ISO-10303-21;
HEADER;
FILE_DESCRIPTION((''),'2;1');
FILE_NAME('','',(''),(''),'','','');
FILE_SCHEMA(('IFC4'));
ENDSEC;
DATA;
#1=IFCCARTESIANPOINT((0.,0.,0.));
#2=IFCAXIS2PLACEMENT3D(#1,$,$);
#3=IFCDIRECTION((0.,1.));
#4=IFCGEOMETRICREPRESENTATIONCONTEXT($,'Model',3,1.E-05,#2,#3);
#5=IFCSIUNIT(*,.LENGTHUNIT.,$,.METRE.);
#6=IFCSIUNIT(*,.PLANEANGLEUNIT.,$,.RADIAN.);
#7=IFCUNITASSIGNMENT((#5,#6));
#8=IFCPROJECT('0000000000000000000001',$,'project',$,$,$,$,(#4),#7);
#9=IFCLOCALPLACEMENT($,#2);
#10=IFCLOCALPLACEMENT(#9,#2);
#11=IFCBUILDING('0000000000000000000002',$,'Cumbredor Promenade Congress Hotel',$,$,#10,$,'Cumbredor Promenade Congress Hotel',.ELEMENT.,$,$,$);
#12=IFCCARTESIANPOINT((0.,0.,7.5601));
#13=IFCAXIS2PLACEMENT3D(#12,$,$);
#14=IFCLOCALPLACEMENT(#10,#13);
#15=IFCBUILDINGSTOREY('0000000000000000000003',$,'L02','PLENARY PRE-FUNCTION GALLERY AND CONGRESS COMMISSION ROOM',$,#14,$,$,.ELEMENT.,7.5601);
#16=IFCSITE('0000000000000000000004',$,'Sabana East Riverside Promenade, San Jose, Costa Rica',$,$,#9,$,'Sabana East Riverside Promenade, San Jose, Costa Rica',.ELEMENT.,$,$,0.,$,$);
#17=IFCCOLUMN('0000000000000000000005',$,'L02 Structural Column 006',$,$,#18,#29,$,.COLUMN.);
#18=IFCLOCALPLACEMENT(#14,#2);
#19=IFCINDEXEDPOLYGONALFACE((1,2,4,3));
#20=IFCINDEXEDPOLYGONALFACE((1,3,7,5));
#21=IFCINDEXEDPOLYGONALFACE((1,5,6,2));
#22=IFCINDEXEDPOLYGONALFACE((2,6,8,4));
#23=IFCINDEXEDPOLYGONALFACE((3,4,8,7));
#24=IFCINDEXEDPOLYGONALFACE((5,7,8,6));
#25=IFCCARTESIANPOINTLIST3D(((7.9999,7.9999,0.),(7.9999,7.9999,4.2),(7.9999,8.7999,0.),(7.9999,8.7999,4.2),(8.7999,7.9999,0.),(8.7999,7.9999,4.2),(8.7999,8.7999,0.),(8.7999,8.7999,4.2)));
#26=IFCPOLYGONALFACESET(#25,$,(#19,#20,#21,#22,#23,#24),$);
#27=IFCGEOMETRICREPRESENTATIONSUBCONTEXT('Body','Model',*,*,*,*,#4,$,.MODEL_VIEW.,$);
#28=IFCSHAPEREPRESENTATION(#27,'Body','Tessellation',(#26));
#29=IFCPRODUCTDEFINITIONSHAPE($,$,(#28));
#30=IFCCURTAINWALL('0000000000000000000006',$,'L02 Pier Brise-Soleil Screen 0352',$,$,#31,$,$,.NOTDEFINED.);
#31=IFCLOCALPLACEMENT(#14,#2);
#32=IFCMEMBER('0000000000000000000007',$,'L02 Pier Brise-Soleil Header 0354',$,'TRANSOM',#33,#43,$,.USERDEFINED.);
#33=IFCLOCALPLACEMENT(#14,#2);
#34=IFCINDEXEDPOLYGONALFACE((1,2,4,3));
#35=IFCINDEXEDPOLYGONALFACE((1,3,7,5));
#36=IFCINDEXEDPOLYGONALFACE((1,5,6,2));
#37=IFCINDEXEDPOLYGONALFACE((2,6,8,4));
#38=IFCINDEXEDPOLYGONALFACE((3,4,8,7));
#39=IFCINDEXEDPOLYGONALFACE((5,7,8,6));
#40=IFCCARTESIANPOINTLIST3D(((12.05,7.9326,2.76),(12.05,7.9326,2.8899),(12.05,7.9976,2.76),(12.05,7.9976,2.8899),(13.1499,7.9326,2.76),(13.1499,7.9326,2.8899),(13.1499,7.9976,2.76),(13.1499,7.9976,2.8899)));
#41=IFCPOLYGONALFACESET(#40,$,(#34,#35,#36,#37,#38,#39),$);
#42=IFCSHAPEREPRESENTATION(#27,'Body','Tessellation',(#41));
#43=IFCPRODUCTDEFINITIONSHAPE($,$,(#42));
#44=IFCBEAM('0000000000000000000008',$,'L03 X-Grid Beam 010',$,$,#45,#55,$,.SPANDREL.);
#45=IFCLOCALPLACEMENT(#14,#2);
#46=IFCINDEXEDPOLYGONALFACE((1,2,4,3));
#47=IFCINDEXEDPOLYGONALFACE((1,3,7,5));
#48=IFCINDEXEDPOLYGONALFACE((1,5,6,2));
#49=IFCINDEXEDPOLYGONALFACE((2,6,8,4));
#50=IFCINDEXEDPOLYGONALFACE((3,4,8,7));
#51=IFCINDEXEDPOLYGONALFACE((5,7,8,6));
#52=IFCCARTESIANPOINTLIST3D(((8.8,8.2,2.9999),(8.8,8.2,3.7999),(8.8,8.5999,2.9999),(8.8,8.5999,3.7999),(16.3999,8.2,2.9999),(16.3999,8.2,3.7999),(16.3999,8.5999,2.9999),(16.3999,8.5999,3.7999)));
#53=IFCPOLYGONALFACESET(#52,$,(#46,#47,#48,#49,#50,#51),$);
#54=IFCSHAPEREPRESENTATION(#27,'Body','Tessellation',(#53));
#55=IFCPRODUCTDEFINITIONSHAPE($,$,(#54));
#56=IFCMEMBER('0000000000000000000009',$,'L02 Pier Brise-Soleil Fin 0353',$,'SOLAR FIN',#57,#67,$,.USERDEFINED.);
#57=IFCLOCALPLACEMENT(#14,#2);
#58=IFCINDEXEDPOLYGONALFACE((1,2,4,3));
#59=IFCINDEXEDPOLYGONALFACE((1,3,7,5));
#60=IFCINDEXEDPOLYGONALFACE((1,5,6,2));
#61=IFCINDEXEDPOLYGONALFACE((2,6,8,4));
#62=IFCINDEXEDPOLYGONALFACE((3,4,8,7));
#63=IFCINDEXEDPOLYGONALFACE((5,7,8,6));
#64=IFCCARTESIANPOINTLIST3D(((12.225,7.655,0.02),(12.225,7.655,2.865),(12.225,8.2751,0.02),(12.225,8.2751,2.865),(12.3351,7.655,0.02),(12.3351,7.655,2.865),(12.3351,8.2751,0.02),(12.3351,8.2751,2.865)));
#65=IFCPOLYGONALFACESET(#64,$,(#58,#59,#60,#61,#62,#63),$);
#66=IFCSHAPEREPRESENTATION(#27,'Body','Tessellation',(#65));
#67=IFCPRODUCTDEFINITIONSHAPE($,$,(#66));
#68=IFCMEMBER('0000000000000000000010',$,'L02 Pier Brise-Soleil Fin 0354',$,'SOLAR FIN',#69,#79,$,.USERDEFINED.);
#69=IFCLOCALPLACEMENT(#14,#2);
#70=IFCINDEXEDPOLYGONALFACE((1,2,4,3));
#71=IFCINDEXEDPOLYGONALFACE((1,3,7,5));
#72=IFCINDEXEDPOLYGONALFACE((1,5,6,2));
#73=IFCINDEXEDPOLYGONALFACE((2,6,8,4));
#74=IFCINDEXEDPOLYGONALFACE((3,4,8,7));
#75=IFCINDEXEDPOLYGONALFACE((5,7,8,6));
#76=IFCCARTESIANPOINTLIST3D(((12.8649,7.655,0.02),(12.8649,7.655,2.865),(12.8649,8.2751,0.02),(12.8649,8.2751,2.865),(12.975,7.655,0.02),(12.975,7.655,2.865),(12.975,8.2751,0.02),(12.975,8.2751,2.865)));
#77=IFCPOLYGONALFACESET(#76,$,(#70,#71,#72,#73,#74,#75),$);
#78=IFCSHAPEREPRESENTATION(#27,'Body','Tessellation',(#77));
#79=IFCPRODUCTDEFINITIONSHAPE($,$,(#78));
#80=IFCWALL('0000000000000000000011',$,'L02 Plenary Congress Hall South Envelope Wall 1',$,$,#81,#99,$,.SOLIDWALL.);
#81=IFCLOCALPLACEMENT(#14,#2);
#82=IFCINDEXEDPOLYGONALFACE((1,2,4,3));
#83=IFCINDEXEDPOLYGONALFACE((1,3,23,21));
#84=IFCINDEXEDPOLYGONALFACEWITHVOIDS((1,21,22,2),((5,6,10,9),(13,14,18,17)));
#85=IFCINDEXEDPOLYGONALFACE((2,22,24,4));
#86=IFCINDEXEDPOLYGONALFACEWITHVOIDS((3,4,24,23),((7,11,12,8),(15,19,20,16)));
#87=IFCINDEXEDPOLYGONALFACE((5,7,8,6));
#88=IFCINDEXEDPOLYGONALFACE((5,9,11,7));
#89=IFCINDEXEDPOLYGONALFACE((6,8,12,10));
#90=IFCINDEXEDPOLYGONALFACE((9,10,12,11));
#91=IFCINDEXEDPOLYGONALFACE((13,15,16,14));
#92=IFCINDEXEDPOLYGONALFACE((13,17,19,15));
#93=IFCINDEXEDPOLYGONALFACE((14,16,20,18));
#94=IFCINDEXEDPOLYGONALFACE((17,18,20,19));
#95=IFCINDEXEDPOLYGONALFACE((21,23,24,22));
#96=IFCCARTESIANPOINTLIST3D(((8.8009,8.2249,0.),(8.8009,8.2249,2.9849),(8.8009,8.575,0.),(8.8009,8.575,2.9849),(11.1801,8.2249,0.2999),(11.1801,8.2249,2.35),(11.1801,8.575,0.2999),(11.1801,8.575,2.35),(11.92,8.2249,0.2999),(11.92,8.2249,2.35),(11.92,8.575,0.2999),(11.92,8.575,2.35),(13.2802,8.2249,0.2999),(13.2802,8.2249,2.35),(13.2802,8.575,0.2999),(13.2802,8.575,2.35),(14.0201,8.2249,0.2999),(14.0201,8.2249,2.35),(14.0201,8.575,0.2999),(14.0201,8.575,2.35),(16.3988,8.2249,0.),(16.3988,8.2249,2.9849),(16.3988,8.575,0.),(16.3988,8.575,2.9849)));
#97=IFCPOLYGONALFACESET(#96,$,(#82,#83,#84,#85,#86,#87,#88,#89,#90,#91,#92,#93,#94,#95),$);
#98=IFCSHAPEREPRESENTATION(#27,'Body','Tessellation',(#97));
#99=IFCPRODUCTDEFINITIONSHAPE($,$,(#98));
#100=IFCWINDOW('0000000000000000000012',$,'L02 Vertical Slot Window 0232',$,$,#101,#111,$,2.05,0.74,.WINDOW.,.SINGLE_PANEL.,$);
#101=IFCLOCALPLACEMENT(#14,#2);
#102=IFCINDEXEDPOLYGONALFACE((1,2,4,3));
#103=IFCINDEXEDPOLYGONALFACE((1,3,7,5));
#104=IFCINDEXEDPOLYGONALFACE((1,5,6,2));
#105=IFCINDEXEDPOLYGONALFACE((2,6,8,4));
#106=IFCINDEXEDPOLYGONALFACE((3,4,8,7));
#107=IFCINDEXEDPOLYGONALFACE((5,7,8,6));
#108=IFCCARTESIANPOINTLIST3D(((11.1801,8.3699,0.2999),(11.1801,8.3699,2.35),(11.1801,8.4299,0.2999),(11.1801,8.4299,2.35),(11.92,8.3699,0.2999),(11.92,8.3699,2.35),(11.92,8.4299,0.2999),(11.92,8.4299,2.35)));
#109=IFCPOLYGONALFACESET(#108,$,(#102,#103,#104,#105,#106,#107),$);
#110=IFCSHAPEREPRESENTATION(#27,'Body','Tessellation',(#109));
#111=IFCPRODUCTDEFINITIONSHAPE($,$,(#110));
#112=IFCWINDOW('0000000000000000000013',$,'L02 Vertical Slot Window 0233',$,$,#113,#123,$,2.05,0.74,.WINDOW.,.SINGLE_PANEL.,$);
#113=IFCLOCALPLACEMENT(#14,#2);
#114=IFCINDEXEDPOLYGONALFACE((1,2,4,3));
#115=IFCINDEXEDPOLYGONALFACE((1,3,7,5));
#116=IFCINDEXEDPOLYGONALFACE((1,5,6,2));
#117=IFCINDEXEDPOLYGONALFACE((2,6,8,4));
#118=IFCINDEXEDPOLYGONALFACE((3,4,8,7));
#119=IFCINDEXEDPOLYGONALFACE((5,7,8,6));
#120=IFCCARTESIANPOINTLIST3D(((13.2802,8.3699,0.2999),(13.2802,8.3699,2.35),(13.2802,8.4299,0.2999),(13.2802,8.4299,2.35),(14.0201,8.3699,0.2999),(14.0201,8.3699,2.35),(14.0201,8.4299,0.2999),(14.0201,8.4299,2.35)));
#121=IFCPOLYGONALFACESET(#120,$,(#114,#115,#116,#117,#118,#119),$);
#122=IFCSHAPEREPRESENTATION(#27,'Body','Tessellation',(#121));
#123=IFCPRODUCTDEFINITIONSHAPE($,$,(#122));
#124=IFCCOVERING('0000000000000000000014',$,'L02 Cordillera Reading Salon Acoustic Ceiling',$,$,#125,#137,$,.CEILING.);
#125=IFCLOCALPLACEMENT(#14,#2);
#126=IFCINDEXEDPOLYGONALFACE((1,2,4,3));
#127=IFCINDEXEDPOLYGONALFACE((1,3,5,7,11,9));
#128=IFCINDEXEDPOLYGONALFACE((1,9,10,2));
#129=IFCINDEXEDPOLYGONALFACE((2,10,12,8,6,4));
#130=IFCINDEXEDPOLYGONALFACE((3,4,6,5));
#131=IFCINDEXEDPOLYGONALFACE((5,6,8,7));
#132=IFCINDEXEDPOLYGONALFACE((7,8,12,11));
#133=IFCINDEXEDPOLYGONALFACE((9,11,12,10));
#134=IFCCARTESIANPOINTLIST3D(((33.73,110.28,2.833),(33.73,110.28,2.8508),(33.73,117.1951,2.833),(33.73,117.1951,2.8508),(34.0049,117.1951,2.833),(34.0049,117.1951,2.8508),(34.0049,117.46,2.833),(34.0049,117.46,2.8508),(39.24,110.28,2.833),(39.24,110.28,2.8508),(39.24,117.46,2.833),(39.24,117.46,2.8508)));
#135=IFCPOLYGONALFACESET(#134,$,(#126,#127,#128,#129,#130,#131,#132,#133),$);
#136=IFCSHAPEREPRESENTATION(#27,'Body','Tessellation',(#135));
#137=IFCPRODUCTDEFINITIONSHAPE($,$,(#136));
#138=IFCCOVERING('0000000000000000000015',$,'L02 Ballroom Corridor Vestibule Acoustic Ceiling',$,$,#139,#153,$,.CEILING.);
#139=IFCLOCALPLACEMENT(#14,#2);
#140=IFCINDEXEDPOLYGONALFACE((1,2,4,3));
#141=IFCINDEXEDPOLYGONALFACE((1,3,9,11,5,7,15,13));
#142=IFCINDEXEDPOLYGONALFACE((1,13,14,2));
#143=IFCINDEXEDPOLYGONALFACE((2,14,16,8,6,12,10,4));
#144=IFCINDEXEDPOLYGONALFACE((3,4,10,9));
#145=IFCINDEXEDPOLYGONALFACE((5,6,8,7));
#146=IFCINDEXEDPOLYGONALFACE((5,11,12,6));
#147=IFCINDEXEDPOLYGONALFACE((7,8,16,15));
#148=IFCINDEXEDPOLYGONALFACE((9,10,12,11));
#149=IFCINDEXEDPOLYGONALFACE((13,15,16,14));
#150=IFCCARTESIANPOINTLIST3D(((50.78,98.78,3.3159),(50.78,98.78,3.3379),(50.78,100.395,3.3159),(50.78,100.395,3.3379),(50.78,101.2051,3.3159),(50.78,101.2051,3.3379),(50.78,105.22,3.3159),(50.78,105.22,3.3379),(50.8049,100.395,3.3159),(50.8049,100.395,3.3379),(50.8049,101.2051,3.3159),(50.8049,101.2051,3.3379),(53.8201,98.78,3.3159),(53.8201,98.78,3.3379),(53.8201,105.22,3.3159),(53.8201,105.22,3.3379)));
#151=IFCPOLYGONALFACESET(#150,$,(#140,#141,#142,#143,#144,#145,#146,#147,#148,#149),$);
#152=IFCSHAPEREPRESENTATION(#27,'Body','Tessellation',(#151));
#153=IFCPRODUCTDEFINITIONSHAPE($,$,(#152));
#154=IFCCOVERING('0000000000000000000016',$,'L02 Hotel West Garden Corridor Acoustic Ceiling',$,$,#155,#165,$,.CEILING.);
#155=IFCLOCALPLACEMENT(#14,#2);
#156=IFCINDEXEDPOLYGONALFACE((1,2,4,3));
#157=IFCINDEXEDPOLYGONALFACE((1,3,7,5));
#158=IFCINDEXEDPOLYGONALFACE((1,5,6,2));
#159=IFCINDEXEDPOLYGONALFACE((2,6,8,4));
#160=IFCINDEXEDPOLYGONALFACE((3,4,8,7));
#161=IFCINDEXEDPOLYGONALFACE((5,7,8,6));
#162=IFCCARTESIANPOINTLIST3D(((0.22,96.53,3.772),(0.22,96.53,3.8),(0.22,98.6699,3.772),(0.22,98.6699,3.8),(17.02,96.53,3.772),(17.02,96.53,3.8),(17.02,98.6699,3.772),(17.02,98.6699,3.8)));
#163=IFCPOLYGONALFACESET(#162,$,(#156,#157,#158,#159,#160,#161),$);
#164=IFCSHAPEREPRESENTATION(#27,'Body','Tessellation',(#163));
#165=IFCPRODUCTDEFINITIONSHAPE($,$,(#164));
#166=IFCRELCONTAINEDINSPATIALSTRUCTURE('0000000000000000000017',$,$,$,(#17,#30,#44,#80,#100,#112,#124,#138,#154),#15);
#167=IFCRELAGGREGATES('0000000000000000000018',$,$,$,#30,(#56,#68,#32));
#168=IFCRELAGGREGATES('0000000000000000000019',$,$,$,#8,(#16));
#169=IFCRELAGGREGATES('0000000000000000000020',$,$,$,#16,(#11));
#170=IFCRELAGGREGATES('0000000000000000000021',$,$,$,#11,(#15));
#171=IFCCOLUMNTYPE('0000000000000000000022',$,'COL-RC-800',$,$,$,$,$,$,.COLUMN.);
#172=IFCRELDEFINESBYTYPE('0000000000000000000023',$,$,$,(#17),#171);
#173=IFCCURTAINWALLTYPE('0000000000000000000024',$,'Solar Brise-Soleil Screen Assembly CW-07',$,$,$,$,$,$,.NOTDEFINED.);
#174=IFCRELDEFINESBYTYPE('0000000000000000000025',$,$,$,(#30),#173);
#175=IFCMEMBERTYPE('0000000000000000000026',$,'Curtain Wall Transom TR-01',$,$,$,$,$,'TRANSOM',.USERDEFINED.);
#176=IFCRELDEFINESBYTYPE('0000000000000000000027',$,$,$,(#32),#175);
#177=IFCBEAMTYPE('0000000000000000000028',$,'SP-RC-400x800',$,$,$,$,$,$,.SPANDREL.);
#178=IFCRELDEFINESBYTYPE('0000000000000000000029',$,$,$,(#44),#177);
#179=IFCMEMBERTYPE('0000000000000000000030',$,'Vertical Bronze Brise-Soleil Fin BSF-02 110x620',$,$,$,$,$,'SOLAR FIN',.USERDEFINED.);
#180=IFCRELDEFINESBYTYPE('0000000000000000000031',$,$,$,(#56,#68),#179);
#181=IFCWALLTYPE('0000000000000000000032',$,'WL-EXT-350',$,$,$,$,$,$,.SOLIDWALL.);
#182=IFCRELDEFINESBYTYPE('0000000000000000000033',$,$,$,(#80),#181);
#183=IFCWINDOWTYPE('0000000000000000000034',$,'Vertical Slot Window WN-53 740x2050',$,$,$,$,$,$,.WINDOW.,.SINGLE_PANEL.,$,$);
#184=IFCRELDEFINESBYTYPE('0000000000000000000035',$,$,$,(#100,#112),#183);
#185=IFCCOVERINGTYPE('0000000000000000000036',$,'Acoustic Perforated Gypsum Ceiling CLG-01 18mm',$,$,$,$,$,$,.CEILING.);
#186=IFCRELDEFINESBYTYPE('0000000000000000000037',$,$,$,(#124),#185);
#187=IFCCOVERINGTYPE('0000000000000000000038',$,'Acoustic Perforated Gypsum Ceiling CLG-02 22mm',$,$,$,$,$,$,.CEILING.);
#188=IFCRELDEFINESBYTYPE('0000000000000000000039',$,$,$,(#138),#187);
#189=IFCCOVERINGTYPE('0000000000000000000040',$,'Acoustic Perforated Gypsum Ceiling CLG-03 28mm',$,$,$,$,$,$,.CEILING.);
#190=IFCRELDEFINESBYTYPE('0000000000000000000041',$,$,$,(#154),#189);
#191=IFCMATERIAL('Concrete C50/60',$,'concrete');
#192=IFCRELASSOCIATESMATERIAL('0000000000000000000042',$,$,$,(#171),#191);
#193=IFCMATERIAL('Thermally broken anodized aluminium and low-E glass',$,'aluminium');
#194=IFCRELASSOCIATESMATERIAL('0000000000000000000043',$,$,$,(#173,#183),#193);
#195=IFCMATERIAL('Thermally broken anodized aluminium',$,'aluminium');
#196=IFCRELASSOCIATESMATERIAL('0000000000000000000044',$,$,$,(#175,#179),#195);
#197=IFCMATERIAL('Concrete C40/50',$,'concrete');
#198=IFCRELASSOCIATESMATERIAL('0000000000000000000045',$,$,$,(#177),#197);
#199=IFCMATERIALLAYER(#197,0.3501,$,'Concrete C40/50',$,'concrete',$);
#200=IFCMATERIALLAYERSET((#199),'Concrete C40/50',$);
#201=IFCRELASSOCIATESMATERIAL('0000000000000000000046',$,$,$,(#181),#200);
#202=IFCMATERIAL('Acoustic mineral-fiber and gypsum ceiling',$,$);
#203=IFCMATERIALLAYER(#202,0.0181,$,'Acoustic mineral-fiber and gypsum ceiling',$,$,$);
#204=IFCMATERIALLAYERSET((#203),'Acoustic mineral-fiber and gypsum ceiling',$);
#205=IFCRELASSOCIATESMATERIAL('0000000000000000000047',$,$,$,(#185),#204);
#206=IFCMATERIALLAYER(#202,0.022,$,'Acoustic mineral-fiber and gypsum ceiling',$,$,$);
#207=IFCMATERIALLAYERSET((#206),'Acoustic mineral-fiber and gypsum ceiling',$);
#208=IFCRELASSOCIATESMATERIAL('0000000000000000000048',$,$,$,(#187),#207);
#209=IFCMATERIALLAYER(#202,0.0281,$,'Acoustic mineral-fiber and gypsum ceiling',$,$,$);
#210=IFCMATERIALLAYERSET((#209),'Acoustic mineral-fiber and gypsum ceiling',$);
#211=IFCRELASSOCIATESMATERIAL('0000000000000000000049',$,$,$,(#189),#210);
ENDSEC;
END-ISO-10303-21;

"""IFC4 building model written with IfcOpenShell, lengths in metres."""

from ifc_helpers import new_model, si_unit, direction, frame, frame_2d, origin, origin_2d, place, context, subcontext, project, spatial, polyline, rectangle, outline, extrude, material, layer, layer_set, material_profile, profile_set, type_object, element, fill, aggregate, save


model = new_model("IFC4")

# Units and contexts
model_context = context("Model", 3, precision=1e-05, world=origin(), true_north=direction((0.0, 1.0)))
body_context = subcontext(model_context, "Body", "Model", "MODEL_VIEW")
ifc_project = project(units=[si_unit("LENGTHUNIT", "METRE"), si_unit("PLANEANGLEUNIT", "RADIAN")], contexts=[model_context])

# Site, building, storey
site_placement = place(None, origin())
site = spatial("IfcSite", under=ifc_project, at=site_placement, Name="Sabana East Riverside Promenade, San Jose, Costa Rica", LongName="Sabana East Riverside Promenade, San Jose, Costa Rica", CompositionType="ELEMENT", RefElevation=0.0)
building_placement = place(site_placement, origin())
building = spatial("IfcBuilding", under=site, at=building_placement, Name="Cumbredor Promenade Congress Hotel", LongName="Cumbredor Promenade Congress Hotel", CompositionType="ELEMENT")
storey_placement = place(building_placement, frame((0.0, 0.0, 7.5601)))
storey = spatial("IfcBuildingStorey", under=building, at=storey_placement, Name="L02", Description="PLENARY PRE-FUNCTION GALLERY AND CONGRESS COMMISSION ROOM", CompositionType="ELEMENT", Elevation=7.5601)

# Column
ifc_material_1 = material(Name="Concrete C50/60", Category="concrete")
ifc_material_profile_1 = material_profile(ifc_material_1, rectangle(XDim=0.8, YDim=0.8, at=origin_2d()), Name="RC 800x800")
ifc_profile_set_1 = profile_set([ifc_material_profile_1], Name="Concrete C50/60")
column_type = type_object("IfcColumnType", Name="COL-RC-800", PredefinedType="COLUMN", material=ifc_profile_set_1)
column_placement = place(storey_placement, frame((8.3999, 8.3999, 0.0), z_axis=(0.0, 0.0, 1.0), x_axis=(1.0, 0.0, 0.0)))
element("IfcColumn", 1, at=column_placement, inside=storey, type_object=column_type, Name="L02 Structural Column 006", PredefinedType="COLUMN", context=body_context, shape_type="SweptSolid", body=[
    extrude(rectangle(XDim=0.8, YDim=0.8, at=origin_2d()), origin(), (0.0, 0.0, 1.0), 4.2),
])

# Curtain wall, member
ifc_material_2 = material(Name="Thermally broken anodized aluminium and low-E glass", Category="aluminium")
curtain_wall_type = type_object("IfcCurtainWallType", Name="Solar Brise-Soleil Screen Assembly CW-07", PredefinedType="NOTDEFINED", material=ifc_material_2)
curtain_wall_placement = place(storey_placement, origin())
curtain_wall = element("IfcCurtainWall", 2, at=curtain_wall_placement, inside=storey, type_object=curtain_wall_type, Name="L02 Pier Brise-Soleil Screen 0352", PredefinedType="NOTDEFINED")
ifc_material_3 = material(Name="Thermally broken anodized aluminium", Category="aluminium")
ifc_material_profile_2 = material_profile(ifc_material_3, rectangle(XDim=0.0649, YDim=0.1299, at=origin_2d()), Name="ALU TRANSOM 65x130")
ifc_profile_set_2 = profile_set([ifc_material_profile_2], Name="Thermally broken anodized aluminium")
member_type_1 = type_object("IfcMemberType", Name="Curtain Wall Transom TR-01", ElementType="TRANSOM", PredefinedType="USERDEFINED", material=ifc_profile_set_2)
member_1_placement = place(storey_placement, frame((12.05, 7.9651, 2.825), z_axis=(1.0, 0.0, 0.0), x_axis=(0.0, 1.0, 0.0)))
member_1 = element("IfcMember", 3, at=member_1_placement, type_object=member_type_1, Name="L02 Pier Brise-Soleil Header 0354", ObjectType="TRANSOM", PredefinedType="USERDEFINED", context=body_context, shape_type="SweptSolid", body=[
    extrude(rectangle(XDim=0.0649, YDim=0.1299, at=origin_2d()), origin(), (0.0, 0.0, 1.0), 1.0999),
])

# Beam
ifc_material_4 = material(Name="Concrete C40/50", Category="concrete")
ifc_material_profile_3 = material_profile(ifc_material_4, rectangle(XDim=0.3999, YDim=0.8, at=origin_2d()), Name="RC SPANDREL 400x800")
ifc_profile_set_3 = profile_set([ifc_material_profile_3], Name="Concrete C40/50")
beam_type = type_object("IfcBeamType", Name="SP-RC-400x800", PredefinedType="SPANDREL", material=ifc_profile_set_3)
beam_placement = place(storey_placement, frame((8.8, 8.3999, 3.3999), z_axis=(1.0, 0.0, 0.0), x_axis=(0.0, 1.0, 0.0)))
element("IfcBeam", 4, at=beam_placement, inside=storey, type_object=beam_type, Name="L03 X-Grid Beam 010", PredefinedType="SPANDREL", context=body_context, shape_type="SweptSolid", body=[
    extrude(rectangle(XDim=0.3999, YDim=0.8, at=origin_2d()), origin(), (0.0, 0.0, 1.0), 7.5999),
])

# Members
ifc_material_profile_4 = material_profile(ifc_material_3, rectangle(XDim=0.1101, YDim=0.6201, at=origin_2d()), Name="ARCH FIN 110x620")
ifc_profile_set_4 = profile_set([ifc_material_profile_4], Name="Thermally broken anodized aluminium")
member_type_2 = type_object("IfcMemberType", Name="Vertical Bronze Brise-Soleil Fin BSF-02 110x620", ElementType="SOLAR FIN", PredefinedType="USERDEFINED", material=ifc_profile_set_4)
member_2_placement = place(storey_placement, frame((12.28, 7.9651, 0.02), z_axis=(0.0, 0.0, 1.0), x_axis=(1.0, 0.0, 0.0)))
member_2 = element("IfcMember", 5, at=member_2_placement, type_object=member_type_2, Name="L02 Pier Brise-Soleil Fin 0353", ObjectType="SOLAR FIN", PredefinedType="USERDEFINED", context=body_context, shape_type="SweptSolid", body=[
    extrude(rectangle(XDim=0.1101, YDim=0.6201, at=origin_2d()), origin(), (0.0, 0.0, 1.0), 2.845),
])
member_3_placement = place(storey_placement, frame((12.9199, 7.9651, 0.02), z_axis=(0.0, 0.0, 1.0), x_axis=(1.0, 0.0, 0.0)))
member_3 = element("IfcMember", 6, at=member_3_placement, type_object=member_type_2, Name="L02 Pier Brise-Soleil Fin 0354", ObjectType="SOLAR FIN", PredefinedType="USERDEFINED", context=body_context, shape_type="SweptSolid", body=[
    extrude(rectangle(XDim=0.1101, YDim=0.6201, at=origin_2d()), origin(), (0.0, 0.0, 1.0), 2.845),
])
aggregate(curtain_wall, [member_2, member_3, member_1])

# Wall, openings, windows
ifc_layer_1 = layer(ifc_material_4, 0.3501, Name="Concrete C40/50", Category="concrete")
ifc_layer_set_1 = layer_set([ifc_layer_1], Name="Concrete C40/50")
wall_type = type_object("IfcWallType", Name="WL-EXT-350", PredefinedType="SOLIDWALL", material=ifc_layer_set_1)
wall_placement = place(storey_placement, frame((8.801, 8.3999, 0.0), z_axis=(0.0, 0.0, 1.0), x_axis=(1.0, 0.0, 0.0)))
wall = element("IfcWall", 7, at=wall_placement, inside=storey, type_object=wall_type, Name="L02 Plenary Congress Hall South Envelope Wall 1", PredefinedType="SOLIDWALL", context=body_context, shape_type="SweptSolid", body=[
    extrude(rectangle(XDim=7.5979, YDim=0.3501, at=frame_2d((3.7988, 0.0))), origin(), (0.0, 0.0, 1.0), 2.9849),
])
opening_1_placement = place(wall_placement, frame((2.3789, 0.0, 0.3)))
opening_1 = element("IfcOpeningElement", 8, at=opening_1_placement, cuts=wall, PredefinedType="OPENING", context=body_context, shape_type="SweptSolid", body=[
    extrude(rectangle(XDim=0.74, YDim=2.05, at=frame_2d((0.3701, 1.0249))), frame((0.0, 0.1851, 0.0), z_axis=(0.0, -1.0, 0.0), x_axis=(1.0, 0.0, 0.0)), (0.0, 0.0, 1.0), 0.3701),
])
opening_2_placement = place(wall_placement, frame((4.479, 0.0, 0.3)))
opening_2 = element("IfcOpeningElement", 9, at=opening_2_placement, cuts=wall, PredefinedType="OPENING", context=body_context, shape_type="SweptSolid", body=[
    extrude(rectangle(XDim=0.74, YDim=2.05, at=frame_2d((0.3701, 1.0249))), frame((0.0, 0.1851, 0.0), z_axis=(0.0, -1.0, 0.0), x_axis=(1.0, 0.0, 0.0)), (0.0, 0.0, 1.0), 0.3701),
])
window_type = type_object("IfcWindowType", Name="Vertical Slot Window WN-53 740x2050", PartitioningType="SINGLE_PANEL", PredefinedType="WINDOW", material=ifc_material_2)
window_1_placement = place(opening_1_placement, origin())
window_1 = element("IfcWindow", 10, at=window_1_placement, inside=storey, type_object=window_type, Name="L02 Vertical Slot Window 0232", OverallHeight=2.05, OverallWidth=0.74, PartitioningType="SINGLE_PANEL", PredefinedType="WINDOW", context=body_context, shape_type="SweptSolid", body=[
    extrude(rectangle(XDim=0.74, YDim=2.05, at=frame_2d((0.3701, 1.0249))), frame((0.0, 0.03, 0.0), z_axis=(0.0, -1.0, 0.0), x_axis=(1.0, 0.0, 0.0)), (0.0, 0.0, 1.0), 0.0601),
])
fill(opening_1, window_1)
window_2_placement = place(opening_2_placement, origin())
window_2 = element("IfcWindow", 11, at=window_2_placement, inside=storey, type_object=window_type, Name="L02 Vertical Slot Window 0233", OverallHeight=2.05, OverallWidth=0.74, PartitioningType="SINGLE_PANEL", PredefinedType="WINDOW", context=body_context, shape_type="SweptSolid", body=[
    extrude(rectangle(XDim=0.74, YDim=2.05, at=frame_2d((0.3701, 1.0249))), frame((0.0, 0.03, 0.0), z_axis=(0.0, -1.0, 0.0), x_axis=(1.0, 0.0, 0.0)), (0.0, 0.0, 1.0), 0.0601),
])
fill(opening_2, window_2)

# Coverings
ifc_material_5 = material(Name="Acoustic mineral-fiber and gypsum ceiling")
ifc_layer_2 = layer(ifc_material_5, 0.0181, Name="Acoustic mineral-fiber and gypsum ceiling")
ifc_layer_set_2 = layer_set([ifc_layer_2], Name="Acoustic mineral-fiber and gypsum ceiling")
covering_type_1 = type_object("IfcCoveringType", Name="Acoustic Perforated Gypsum Ceiling CLG-01 18mm", PredefinedType="CEILING", material=ifc_layer_set_2)
covering_1_placement = place(storey_placement, frame((0.0, 0.0, 2.833)))
element("IfcCovering", 12, at=covering_1_placement, inside=storey, type_object=covering_type_1, Name="L02 Cordillera Reading Salon Acoustic Ceiling", PredefinedType="CEILING", context=body_context, shape_type="SweptSolid", body=[
    extrude(outline(polyline([(39.24, 117.46), (39.24, 110.28), (33.73, 110.28), (33.73, 117.1951), (34.0049, 117.1951), (34.0049, 117.46), (39.24, 117.46)])), origin(), (0.0, 0.0, 1.0), 0.0178),
])
ifc_layer_3 = layer(ifc_material_5, 0.022, Name="Acoustic mineral-fiber and gypsum ceiling")
ifc_layer_set_3 = layer_set([ifc_layer_3], Name="Acoustic mineral-fiber and gypsum ceiling")
covering_type_2 = type_object("IfcCoveringType", Name="Acoustic Perforated Gypsum Ceiling CLG-02 22mm", PredefinedType="CEILING", material=ifc_layer_set_3)
covering_2_placement = place(storey_placement, frame((0.0, 0.0, 3.3159)))
element("IfcCovering", 13, at=covering_2_placement, inside=storey, type_object=covering_type_2, Name="L02 Ballroom Corridor Vestibule Acoustic Ceiling", PredefinedType="CEILING", context=body_context, shape_type="SweptSolid", body=[
    extrude(outline(polyline([(53.8201, 105.22), (53.8201, 98.78), (50.78, 98.78), (50.78, 100.395), (50.8049, 100.395), (50.8049, 101.2051), (50.78, 101.2051), (50.78, 105.22), (53.8201, 105.22)])), origin(), (0.0, 0.0, 1.0), 0.022),
])
ifc_layer_4 = layer(ifc_material_5, 0.0281, Name="Acoustic mineral-fiber and gypsum ceiling")
ifc_layer_set_4 = layer_set([ifc_layer_4], Name="Acoustic mineral-fiber and gypsum ceiling")
covering_type_3 = type_object("IfcCoveringType", Name="Acoustic Perforated Gypsum Ceiling CLG-03 28mm", PredefinedType="CEILING", material=ifc_layer_set_4)
covering_3_placement = place(storey_placement, frame((0.0, 0.0, 3.772)))
element("IfcCovering", 14, at=covering_3_placement, inside=storey, type_object=covering_type_3, Name="L02 Hotel West Garden Corridor Acoustic Ceiling", PredefinedType="CEILING", context=body_context, shape_type="SweptSolid", body=[
    extrude(outline(polyline([(0.22, 98.6699), (17.02, 98.6699), (17.02, 96.53), (0.22, 96.53), (0.22, 98.6699)])), origin(), (0.0, 0.0, 1.0), 0.0281),
])

save(model, "model.ifc")
